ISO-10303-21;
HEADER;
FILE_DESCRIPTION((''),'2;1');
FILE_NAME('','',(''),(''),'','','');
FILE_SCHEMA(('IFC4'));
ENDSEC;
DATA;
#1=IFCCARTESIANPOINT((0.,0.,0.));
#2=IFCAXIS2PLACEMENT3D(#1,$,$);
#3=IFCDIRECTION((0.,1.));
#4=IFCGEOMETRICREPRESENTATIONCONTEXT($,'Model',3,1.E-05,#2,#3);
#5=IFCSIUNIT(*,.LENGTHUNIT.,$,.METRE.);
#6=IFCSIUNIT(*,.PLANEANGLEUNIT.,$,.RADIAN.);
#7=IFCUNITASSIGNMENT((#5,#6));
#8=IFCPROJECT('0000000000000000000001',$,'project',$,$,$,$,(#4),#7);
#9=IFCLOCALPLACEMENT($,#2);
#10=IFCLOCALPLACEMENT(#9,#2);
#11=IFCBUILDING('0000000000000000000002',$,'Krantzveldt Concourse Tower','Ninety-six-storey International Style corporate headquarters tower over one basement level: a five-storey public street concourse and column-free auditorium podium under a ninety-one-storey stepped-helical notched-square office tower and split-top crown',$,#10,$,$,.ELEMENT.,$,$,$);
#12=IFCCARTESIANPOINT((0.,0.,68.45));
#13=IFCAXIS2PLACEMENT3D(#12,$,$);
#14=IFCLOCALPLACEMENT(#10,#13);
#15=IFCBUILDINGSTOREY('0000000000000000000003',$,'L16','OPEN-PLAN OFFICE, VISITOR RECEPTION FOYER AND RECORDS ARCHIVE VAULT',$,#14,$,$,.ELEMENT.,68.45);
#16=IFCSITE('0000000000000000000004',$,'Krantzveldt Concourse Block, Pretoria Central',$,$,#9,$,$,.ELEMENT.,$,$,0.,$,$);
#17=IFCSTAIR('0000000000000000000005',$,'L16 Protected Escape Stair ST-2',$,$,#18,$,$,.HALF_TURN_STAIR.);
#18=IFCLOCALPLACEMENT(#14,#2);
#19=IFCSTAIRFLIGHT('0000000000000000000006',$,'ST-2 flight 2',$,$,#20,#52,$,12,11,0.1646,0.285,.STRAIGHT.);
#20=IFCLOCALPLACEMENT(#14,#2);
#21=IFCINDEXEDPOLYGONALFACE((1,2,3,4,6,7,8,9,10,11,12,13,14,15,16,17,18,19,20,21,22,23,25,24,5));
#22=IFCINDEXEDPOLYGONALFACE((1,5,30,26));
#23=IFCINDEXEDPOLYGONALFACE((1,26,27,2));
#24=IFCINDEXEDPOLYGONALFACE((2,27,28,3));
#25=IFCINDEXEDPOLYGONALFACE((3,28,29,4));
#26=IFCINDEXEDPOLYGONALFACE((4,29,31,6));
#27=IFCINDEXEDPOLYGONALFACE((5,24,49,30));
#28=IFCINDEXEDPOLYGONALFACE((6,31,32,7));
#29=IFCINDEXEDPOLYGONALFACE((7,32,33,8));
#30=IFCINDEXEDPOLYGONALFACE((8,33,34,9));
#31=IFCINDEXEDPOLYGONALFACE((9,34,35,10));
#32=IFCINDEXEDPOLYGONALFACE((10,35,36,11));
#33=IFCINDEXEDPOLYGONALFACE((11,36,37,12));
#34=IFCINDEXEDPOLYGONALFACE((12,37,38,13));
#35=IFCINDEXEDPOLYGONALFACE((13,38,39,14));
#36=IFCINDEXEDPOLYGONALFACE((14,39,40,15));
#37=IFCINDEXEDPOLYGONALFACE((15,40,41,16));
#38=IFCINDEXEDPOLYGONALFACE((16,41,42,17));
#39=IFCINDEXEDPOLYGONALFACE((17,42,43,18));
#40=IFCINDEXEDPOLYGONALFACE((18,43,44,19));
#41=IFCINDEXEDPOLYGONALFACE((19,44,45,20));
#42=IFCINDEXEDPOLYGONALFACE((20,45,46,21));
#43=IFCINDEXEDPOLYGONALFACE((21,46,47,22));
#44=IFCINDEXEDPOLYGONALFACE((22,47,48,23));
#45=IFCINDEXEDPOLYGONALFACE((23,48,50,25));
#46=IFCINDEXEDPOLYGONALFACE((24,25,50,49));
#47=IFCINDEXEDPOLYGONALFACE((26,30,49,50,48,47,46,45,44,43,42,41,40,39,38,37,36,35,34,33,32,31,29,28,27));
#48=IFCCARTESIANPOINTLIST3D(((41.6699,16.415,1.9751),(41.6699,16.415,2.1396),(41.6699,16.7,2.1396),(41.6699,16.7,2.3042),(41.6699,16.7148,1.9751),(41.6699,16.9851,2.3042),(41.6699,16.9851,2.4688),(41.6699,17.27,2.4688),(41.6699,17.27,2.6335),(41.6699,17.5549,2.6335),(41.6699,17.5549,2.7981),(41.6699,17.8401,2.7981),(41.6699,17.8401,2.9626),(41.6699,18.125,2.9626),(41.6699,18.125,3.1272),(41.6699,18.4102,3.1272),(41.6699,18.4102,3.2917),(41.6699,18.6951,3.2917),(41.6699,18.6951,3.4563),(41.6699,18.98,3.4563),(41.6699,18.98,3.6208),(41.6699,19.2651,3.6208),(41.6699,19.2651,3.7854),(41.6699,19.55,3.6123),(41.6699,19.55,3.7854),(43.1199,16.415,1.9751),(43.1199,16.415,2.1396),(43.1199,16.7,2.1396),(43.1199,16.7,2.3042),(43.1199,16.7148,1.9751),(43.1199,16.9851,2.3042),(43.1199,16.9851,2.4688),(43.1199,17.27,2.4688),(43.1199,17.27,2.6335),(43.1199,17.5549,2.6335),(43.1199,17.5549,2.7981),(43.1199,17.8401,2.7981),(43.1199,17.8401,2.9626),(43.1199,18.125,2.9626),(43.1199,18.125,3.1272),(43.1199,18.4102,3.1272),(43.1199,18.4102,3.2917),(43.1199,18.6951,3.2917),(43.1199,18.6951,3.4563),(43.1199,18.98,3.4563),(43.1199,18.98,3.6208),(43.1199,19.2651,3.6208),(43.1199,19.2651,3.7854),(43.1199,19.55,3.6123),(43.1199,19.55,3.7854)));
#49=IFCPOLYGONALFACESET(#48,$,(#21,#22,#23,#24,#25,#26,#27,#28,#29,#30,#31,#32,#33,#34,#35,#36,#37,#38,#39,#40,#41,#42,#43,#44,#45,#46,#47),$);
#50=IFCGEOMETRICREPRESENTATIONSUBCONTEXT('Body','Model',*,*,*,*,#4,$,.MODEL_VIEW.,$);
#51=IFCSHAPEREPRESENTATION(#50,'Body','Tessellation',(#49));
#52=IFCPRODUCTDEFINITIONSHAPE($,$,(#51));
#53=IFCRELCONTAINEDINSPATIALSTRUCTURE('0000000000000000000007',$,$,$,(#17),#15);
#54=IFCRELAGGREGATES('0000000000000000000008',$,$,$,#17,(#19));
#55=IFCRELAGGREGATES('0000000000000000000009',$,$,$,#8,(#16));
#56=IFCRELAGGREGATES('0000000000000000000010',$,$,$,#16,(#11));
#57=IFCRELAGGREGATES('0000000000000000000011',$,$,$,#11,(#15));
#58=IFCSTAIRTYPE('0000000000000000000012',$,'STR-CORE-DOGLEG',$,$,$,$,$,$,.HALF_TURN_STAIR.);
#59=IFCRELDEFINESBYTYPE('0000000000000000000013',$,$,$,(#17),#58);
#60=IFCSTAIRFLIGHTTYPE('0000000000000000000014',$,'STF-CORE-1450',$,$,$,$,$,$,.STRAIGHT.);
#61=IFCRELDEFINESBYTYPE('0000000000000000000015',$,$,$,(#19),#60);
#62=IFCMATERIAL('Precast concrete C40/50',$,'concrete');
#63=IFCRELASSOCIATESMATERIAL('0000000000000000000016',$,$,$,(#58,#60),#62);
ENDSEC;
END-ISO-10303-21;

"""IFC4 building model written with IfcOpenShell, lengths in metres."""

from ifc_helpers import new_model, si_unit, direction, frame, origin, place, context, subcontext, project, spatial, polyline, outline, extrude, material, type_object, element, aggregate, save


model = new_model("IFC4")

# Units and contexts
model_context = context("Model", 3, precision=1e-05, world=origin(), true_north=direction((0.0, 1.0)))
body_context = subcontext(model_context, "Body", "Model", "MODEL_VIEW")
ifc_project = project(units=[si_unit("LENGTHUNIT", "METRE"), si_unit("PLANEANGLEUNIT", "RADIAN")], contexts=[model_context])

# Site, building, storey
site_placement = place(None, origin())
site = spatial("IfcSite", under=ifc_project, at=site_placement, Name="Krantzveldt Concourse Block, Pretoria Central", CompositionType="ELEMENT", RefElevation=0.0)
building_placement = place(site_placement, origin())
building = spatial("IfcBuilding", under=site, at=building_placement, Name="Krantzveldt Concourse Tower", Description="Ninety-six-storey International Style corporate headquarters tower over one basement level: a five-storey public street concourse and column-free auditorium podium under a ninety-one-storey stepped-helical notched-square office tower and split-top crown", CompositionType="ELEMENT")
storey_placement = place(building_placement, frame((0.0, 0.0, 68.45)))
storey = spatial("IfcBuildingStorey", under=building, at=storey_placement, Name="L16", Description="OPEN-PLAN OFFICE, VISITOR RECEPTION FOYER AND RECORDS ARCHIVE VAULT", CompositionType="ELEMENT", Elevation=68.45)

# Stair, stair flight
ifc_material_1 = material(Name="Precast concrete C40/50", Category="concrete")
stair_type = type_object("IfcStairType", Name="STR-CORE-DOGLEG", PredefinedType="HALF_TURN_STAIR", material=ifc_material_1)
stair_placement = place(storey_placement, origin())
stair = element("IfcStair", 1, at=stair_placement, inside=storey, type_object=stair_type, Name="L16 Protected Escape Stair ST-2", PredefinedType="HALF_TURN_STAIR")
stair_flight_type = type_object("IfcStairFlightType", Name="STF-CORE-1450", PredefinedType="STRAIGHT", material=ifc_material_1)
stair_flight_1_placement = place(storey_placement, frame((42.395, 16.415, 1.9751), z_axis=(0.0, 0.0, 1.0), x_axis=(0.0, 1.0, 0.0)))
stair_flight_1 = element("IfcStairFlight", 2, at=stair_flight_1_placement, type_object=stair_flight_type, Name="ST-2 flight 2", NumberOfRisers=12, NumberOfTreads=11, PredefinedType="STRAIGHT", RiserHeight=0.1646, TreadLength=0.285, context=body_context, shape_type="SweptSolid", body=[
    extrude(outline(polyline([(0.0, 0.0), (0.0, 0.1646), (0.2849, 0.1646), (0.2849, 0.3291), (0.5701, 0.3291), (0.5701, 0.4937), (0.855, 0.4937), (0.855, 0.6584), (1.1399, 0.6584), (1.1399, 0.823), (1.425, 0.823), (1.425, 0.9875), (1.71, 0.9875), (1.71, 1.1521), (1.9951, 1.1521), (1.9951, 1.3167), (2.28, 1.3167), (2.28, 1.4812), (2.5649, 1.4812), (2.5649, 1.6458), (2.8501, 1.6458), (2.8501, 1.8103), (3.135, 1.8103), (3.135, 1.9751), (3.135, 1.6372), (0.2998, 0.0), (0.0, 0.0)])), frame((0.0, 0.7251, 0.0), z_axis=(0.0, -1.0, 0.0), x_axis=(1.0, 0.0, 0.0)), (0.0, 0.0, 1.0), 1.45),
])
aggregate(stair, [stair_flight_1])

save(model, "model.ifc")
